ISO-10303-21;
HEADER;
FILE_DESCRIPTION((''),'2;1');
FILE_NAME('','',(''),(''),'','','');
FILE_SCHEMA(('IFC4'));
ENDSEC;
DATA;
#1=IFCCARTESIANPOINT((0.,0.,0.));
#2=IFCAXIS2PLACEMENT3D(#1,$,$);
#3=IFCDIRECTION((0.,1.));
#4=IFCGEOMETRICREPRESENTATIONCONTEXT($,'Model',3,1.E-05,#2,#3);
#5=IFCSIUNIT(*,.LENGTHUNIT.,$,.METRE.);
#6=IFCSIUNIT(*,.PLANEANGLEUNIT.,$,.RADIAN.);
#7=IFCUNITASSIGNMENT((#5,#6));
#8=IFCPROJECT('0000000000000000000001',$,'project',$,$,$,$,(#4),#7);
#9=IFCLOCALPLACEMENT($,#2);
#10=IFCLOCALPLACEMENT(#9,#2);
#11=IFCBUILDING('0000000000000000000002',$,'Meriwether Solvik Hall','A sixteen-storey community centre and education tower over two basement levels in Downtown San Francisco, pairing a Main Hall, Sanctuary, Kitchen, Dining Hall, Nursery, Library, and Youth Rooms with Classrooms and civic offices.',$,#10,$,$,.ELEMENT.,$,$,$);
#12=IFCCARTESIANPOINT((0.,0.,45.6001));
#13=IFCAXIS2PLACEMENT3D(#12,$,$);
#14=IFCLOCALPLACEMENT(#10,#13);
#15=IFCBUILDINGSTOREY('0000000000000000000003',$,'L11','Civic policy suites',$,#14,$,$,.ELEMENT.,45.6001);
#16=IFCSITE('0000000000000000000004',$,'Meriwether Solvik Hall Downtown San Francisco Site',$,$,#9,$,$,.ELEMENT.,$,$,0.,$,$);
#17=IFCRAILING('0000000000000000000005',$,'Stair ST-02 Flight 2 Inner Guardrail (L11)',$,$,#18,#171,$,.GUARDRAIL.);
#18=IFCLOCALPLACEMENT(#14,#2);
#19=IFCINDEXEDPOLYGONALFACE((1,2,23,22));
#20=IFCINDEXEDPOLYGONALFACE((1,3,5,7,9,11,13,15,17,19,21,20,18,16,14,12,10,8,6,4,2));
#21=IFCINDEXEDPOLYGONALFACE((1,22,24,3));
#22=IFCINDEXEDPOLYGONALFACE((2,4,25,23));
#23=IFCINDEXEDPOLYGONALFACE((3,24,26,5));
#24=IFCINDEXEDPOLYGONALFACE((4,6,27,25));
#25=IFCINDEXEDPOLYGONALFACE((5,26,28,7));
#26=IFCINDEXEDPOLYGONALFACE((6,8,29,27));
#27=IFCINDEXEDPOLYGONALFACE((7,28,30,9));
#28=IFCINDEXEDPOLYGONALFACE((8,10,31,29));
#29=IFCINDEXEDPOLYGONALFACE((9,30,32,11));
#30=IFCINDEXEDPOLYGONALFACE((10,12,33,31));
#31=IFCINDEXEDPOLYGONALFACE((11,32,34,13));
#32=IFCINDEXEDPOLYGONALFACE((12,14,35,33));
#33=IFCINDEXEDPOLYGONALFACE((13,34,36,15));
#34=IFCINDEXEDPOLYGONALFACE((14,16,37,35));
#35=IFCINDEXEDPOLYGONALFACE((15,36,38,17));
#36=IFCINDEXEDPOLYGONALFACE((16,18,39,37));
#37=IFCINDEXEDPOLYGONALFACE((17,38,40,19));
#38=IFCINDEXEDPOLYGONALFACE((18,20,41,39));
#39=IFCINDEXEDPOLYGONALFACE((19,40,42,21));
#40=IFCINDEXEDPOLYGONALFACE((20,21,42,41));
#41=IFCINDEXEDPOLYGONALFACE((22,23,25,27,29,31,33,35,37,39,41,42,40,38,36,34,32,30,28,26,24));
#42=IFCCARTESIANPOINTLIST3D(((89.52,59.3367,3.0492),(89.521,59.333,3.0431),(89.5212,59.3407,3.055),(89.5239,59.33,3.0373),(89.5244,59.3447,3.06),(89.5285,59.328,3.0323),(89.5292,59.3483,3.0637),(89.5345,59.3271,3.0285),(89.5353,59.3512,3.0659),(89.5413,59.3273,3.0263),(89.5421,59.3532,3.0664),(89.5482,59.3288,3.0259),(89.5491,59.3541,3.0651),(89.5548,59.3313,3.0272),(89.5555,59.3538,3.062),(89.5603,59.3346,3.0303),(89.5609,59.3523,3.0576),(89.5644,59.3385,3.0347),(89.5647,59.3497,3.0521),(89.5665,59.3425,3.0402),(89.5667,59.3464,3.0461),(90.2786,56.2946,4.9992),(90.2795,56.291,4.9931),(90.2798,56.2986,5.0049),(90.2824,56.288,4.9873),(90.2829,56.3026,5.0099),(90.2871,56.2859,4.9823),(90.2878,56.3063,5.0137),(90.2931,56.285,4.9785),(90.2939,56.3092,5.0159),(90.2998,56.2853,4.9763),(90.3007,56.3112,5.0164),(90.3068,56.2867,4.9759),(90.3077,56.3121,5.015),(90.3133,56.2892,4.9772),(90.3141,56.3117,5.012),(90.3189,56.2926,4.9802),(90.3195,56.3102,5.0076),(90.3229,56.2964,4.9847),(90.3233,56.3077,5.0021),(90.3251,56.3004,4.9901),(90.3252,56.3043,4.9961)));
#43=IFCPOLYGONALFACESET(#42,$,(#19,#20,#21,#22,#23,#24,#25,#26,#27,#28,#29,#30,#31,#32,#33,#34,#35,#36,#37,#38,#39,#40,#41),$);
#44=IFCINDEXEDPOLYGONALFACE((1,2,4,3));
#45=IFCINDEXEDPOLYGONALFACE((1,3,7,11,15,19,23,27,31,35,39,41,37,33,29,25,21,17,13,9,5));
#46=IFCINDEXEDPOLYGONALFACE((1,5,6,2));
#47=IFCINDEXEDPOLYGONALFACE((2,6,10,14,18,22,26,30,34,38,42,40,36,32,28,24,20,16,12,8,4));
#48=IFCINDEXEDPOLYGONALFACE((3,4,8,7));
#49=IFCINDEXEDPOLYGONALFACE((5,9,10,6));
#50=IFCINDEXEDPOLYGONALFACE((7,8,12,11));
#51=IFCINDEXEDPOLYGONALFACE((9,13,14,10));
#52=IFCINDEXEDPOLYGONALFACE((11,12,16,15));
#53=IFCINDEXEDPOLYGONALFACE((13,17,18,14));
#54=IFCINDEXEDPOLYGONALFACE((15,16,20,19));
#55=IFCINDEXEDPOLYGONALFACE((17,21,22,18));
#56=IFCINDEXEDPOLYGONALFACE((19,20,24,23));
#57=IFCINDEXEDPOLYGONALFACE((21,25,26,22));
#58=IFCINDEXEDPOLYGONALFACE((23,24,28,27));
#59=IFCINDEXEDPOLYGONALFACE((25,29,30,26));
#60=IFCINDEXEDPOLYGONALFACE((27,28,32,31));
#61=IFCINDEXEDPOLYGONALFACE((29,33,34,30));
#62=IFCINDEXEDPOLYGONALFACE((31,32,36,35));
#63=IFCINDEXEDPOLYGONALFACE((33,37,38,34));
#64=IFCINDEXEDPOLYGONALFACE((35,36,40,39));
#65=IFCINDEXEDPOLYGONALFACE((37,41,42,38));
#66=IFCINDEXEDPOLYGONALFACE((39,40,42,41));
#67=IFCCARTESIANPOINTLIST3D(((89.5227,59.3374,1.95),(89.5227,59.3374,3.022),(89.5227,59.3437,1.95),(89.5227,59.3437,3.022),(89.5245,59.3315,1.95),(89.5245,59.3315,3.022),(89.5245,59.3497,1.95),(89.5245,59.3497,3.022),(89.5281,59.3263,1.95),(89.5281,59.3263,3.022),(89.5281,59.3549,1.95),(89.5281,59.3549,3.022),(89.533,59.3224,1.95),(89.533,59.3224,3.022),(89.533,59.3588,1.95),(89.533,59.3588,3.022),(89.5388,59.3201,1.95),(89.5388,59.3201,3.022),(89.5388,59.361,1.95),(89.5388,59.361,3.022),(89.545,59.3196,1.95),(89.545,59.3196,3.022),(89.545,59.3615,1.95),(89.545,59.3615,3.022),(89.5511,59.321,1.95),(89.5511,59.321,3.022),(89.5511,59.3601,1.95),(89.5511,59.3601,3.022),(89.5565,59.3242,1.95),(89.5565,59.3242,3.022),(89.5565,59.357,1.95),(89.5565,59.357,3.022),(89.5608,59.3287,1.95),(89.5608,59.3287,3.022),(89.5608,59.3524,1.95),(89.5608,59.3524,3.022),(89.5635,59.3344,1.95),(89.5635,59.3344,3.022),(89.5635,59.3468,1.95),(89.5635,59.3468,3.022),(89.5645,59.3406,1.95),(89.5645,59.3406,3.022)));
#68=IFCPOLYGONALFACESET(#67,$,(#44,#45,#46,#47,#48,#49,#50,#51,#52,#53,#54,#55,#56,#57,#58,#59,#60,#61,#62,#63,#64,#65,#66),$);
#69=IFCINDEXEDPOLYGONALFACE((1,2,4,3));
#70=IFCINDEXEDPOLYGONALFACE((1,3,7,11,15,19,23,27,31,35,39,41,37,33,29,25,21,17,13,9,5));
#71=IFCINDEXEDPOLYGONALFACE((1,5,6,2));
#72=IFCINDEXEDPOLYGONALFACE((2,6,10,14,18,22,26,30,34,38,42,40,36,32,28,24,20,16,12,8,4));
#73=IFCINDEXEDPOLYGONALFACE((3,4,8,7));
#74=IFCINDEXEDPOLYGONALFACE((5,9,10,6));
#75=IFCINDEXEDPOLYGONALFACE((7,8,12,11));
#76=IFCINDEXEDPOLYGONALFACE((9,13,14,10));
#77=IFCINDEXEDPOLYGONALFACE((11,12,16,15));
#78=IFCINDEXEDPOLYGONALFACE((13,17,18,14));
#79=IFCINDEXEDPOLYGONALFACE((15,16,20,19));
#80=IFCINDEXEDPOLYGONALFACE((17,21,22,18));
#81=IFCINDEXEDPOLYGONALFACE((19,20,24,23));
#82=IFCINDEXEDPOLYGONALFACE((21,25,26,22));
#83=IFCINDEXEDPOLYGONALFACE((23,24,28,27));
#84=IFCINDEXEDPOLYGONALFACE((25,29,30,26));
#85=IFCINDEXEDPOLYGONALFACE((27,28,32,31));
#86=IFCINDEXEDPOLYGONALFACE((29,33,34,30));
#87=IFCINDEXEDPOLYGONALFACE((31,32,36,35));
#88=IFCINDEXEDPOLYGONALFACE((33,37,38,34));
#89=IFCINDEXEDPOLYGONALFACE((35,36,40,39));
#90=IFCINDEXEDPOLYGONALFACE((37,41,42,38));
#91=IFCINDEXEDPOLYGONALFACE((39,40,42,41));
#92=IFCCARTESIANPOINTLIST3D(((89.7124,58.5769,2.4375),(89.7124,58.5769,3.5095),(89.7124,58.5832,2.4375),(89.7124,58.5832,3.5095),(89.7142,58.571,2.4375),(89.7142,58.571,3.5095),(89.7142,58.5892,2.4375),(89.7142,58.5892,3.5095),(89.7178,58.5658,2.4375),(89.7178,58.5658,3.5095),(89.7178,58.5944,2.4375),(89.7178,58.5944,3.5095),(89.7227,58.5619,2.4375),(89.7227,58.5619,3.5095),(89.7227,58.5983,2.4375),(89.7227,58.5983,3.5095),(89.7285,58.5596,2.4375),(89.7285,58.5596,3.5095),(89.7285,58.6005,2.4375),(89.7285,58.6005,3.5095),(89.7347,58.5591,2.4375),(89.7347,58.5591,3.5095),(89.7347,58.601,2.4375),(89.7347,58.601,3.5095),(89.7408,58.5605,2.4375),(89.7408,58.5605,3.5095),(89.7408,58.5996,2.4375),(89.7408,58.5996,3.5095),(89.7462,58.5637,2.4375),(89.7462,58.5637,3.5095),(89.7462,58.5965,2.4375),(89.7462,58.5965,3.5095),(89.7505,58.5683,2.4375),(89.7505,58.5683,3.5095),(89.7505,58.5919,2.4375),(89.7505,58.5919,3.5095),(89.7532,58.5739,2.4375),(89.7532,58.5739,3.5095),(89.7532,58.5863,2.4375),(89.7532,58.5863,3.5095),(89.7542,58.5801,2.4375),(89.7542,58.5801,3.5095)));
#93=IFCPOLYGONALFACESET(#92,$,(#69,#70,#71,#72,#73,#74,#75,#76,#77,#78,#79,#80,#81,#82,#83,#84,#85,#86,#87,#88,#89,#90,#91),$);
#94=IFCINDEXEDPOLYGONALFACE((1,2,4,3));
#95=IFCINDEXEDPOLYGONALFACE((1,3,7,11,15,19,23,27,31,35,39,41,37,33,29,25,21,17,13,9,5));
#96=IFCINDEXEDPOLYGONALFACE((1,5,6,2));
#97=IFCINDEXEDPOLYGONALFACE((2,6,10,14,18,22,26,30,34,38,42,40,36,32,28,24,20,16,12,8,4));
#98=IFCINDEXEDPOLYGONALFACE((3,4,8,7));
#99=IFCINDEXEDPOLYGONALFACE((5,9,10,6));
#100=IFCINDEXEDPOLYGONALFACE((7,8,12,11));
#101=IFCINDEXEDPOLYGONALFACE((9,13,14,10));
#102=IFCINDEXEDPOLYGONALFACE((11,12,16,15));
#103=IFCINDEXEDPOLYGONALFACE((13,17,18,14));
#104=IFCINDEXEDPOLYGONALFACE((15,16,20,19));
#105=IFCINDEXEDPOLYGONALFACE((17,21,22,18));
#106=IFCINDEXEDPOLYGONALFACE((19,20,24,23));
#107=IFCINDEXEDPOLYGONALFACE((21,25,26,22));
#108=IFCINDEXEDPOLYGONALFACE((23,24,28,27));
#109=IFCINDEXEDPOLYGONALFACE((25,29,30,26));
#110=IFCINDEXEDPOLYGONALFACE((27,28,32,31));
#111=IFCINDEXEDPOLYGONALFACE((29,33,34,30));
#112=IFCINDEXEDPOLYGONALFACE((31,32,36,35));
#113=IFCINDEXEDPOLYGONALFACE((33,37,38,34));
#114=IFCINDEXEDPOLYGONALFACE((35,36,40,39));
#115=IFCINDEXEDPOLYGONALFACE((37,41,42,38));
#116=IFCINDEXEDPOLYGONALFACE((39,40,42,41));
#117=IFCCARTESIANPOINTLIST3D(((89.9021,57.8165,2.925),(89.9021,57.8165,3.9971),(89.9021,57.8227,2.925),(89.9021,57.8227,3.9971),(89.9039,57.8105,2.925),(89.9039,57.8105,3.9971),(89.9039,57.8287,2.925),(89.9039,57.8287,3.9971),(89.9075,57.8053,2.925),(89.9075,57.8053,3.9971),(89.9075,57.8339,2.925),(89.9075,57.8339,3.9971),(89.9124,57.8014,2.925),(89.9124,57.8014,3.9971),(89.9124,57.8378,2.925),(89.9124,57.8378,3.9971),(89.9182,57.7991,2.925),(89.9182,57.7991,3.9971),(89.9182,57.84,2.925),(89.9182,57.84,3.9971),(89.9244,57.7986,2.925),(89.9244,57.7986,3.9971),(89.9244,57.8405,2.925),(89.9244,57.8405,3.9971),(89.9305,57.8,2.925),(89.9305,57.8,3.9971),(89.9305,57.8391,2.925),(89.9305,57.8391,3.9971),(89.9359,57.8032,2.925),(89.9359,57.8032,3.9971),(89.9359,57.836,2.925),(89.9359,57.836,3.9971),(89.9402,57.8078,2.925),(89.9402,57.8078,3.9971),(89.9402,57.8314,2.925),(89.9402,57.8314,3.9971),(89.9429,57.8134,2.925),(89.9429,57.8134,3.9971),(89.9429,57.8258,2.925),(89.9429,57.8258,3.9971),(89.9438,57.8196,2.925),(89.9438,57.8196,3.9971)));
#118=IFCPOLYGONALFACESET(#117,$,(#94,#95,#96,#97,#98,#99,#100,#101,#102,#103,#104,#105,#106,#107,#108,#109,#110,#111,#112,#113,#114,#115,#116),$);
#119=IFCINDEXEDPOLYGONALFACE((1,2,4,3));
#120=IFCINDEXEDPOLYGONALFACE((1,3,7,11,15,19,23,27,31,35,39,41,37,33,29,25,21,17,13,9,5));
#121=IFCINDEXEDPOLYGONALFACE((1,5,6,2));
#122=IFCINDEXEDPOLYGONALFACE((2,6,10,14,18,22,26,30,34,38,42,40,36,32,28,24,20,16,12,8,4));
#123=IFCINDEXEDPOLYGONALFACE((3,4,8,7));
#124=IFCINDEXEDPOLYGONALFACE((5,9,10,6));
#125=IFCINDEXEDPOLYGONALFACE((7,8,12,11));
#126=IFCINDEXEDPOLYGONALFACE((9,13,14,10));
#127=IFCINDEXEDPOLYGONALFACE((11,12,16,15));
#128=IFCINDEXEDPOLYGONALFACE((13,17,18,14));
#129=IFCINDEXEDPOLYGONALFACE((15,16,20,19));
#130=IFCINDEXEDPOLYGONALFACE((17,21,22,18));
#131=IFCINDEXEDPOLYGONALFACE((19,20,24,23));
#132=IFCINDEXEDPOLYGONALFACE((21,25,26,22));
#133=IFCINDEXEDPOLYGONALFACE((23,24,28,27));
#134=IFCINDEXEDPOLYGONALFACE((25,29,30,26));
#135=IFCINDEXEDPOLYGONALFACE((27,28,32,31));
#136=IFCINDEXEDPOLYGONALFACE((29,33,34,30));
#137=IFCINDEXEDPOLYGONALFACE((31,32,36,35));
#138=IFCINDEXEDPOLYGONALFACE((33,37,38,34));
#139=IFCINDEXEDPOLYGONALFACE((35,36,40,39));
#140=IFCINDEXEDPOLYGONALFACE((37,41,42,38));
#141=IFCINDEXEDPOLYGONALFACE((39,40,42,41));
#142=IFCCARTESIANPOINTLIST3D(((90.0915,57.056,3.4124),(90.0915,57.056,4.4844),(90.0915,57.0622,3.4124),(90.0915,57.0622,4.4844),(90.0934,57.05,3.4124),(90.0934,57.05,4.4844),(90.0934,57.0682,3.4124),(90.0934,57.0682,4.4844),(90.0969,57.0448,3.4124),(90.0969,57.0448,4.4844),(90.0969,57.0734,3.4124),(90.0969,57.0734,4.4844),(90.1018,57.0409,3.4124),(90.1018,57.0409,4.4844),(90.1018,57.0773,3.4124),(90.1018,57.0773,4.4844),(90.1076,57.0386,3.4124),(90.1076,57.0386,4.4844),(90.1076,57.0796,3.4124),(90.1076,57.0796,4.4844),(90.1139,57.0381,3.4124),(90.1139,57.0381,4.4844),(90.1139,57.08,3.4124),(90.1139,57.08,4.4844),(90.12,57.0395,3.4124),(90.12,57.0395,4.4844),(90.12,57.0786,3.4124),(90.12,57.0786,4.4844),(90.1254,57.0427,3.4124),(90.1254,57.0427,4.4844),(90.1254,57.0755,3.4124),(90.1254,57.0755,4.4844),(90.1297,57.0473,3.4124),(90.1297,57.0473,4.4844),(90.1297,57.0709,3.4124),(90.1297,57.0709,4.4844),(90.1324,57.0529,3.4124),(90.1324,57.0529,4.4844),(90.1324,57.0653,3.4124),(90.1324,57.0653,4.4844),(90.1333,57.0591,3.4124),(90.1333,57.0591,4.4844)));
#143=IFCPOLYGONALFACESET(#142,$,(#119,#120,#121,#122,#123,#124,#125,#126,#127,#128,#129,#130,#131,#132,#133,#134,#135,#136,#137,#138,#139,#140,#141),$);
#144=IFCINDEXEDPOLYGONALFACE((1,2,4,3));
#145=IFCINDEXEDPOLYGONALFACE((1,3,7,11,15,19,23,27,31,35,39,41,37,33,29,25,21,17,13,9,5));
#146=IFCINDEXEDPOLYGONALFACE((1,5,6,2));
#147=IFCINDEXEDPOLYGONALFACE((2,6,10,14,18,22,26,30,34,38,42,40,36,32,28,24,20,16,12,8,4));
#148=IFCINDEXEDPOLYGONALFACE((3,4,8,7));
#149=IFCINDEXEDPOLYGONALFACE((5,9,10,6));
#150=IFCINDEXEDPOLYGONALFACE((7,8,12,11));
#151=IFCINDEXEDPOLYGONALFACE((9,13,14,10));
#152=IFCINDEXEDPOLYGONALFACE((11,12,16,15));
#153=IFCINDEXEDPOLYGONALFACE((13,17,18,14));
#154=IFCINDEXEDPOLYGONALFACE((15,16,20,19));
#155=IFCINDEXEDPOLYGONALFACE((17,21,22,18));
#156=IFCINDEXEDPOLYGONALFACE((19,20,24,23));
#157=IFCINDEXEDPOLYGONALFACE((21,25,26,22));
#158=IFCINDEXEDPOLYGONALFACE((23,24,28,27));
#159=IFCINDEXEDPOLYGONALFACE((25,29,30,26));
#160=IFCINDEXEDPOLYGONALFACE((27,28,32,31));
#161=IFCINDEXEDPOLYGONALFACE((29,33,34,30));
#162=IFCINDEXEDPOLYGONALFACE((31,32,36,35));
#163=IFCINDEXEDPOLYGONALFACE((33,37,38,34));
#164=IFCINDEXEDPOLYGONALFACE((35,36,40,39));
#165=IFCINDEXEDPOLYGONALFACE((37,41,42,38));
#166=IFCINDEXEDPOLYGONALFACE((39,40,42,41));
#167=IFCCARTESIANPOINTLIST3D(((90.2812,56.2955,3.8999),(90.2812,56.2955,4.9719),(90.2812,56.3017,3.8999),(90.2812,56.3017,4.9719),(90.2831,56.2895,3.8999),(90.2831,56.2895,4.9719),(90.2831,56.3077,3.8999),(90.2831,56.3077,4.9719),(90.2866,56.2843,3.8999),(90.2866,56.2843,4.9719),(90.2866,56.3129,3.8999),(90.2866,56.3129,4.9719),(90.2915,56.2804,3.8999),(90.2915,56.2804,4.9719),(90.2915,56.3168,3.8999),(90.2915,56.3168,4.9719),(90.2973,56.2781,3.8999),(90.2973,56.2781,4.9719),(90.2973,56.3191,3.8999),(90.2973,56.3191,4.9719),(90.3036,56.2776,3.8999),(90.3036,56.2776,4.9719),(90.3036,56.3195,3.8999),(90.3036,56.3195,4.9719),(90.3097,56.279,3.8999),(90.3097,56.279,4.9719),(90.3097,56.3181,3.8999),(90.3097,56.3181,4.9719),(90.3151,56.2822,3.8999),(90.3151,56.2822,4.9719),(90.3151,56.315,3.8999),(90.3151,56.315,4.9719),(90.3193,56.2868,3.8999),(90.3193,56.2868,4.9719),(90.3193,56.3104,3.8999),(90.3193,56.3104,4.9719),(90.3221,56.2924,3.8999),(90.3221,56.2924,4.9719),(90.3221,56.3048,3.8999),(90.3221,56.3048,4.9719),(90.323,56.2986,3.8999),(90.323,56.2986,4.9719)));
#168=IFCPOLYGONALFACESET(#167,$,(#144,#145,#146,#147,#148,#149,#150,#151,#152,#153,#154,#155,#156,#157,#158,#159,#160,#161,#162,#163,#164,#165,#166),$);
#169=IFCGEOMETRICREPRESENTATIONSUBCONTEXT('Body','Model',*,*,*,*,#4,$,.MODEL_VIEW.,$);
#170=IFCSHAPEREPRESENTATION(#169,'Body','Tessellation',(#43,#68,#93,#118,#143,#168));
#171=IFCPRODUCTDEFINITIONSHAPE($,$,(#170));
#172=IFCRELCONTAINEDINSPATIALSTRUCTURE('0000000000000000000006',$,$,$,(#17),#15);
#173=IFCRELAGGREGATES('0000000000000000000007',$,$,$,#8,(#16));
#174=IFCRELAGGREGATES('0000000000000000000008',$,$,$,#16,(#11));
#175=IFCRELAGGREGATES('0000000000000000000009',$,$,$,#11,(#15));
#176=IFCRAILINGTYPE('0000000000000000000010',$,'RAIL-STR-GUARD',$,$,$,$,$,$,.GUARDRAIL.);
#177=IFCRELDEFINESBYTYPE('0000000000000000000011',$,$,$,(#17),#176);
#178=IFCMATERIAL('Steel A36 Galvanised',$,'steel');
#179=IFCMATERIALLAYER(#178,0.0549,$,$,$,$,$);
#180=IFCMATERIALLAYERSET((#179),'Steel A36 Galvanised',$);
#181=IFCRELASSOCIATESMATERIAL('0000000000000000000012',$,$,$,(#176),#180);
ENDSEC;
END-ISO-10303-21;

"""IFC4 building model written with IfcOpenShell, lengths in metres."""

from ifc_helpers import new_model, si_unit, direction, frame, origin, origin_2d, place, context, subcontext, project, spatial, circle, extrude, material, layer, layer_set, type_object, element, save


model = new_model("IFC4")

# Units and contexts
model_context = context("Model", 3, precision=1e-05, world=origin(), true_north=direction((0.0, 1.0)))
body_context = subcontext(model_context, "Body", "Model", "MODEL_VIEW")
ifc_project = project(units=[si_unit("LENGTHUNIT", "METRE"), si_unit("PLANEANGLEUNIT", "RADIAN")], contexts=[model_context])

# Site, building, storey
site_placement = place(None, origin())
site = spatial("IfcSite", under=ifc_project, at=site_placement, Name="Meriwether Solvik Hall Downtown San Francisco Site", CompositionType="ELEMENT", RefElevation=0.0)
building_placement = place(site_placement, origin())
building = spatial("IfcBuilding", under=site, at=building_placement, Name="Meriwether Solvik Hall", Description="A sixteen-storey community centre and education tower over two basement levels in Downtown San Francisco, pairing a Main Hall, Sanctuary, Kitchen, Dining Hall, Nursery, Library, and Youth Rooms with Classrooms and civic offices.", CompositionType="ELEMENT")
storey_placement = place(building_placement, frame((0.0, 0.0, 45.6001)))
storey = spatial("IfcBuildingStorey", under=building, at=storey_placement, Name="L11", Description="Civic policy suites", CompositionType="ELEMENT", Elevation=45.6001)

# Railing
ifc_material_1 = material(Name="Steel A36 Galvanised", Category="steel")
ifc_layer_1 = layer(ifc_material_1, 0.0549)
ifc_layer_set_1 = layer_set([ifc_layer_1], Name="Steel A36 Galvanised")
railing_type_1 = type_object("IfcRailingType", Name="RAIL-STR-GUARD", PredefinedType="GUARDRAIL", material=ifc_layer_set_1)
railing_1_placement = place(storey_placement, frame((89.5435, 59.3406, 1.95)))
element("IfcRailing", 1, at=railing_1_placement, inside=storey, type_object=railing_type_1, Name="Stair ST-02 Flight 2 Inner Guardrail (L11)", PredefinedType="GUARDRAIL", context=body_context, shape_type="SweptSolid", body=[
    extrude(circle(Radius=0.0239, at=origin_2d()), frame((0.0, 0.0, 1.0962), z_axis=(0.205452, -0.823925, 0.528145), x_axis=(0.970289, 0.241949, 0.0)), (0.0, 0.0, 1.0), 3.6921),
    extrude(circle(Radius=0.021, at=origin_2d()), origin(), (0.0, 0.0, 1.0), 1.072),
    extrude(circle(Radius=0.021, at=origin_2d()), frame((0.1897, -0.7605, 0.4875)), (0.0, 0.0, 1.0), 1.072),
    extrude(circle(Radius=0.021, at=origin_2d()), frame((0.3794, -1.521, 0.9751)), (0.0, 0.0, 1.0), 1.072),
    extrude(circle(Radius=0.021, at=origin_2d()), frame((0.5688, -2.2815, 1.4624)), (0.0, 0.0, 1.0), 1.072),
    extrude(circle(Radius=0.021, at=origin_2d()), frame((0.7585, -3.042, 1.95)), (0.0, 0.0, 1.0), 1.072),
])

save(model, "model.ifc")
